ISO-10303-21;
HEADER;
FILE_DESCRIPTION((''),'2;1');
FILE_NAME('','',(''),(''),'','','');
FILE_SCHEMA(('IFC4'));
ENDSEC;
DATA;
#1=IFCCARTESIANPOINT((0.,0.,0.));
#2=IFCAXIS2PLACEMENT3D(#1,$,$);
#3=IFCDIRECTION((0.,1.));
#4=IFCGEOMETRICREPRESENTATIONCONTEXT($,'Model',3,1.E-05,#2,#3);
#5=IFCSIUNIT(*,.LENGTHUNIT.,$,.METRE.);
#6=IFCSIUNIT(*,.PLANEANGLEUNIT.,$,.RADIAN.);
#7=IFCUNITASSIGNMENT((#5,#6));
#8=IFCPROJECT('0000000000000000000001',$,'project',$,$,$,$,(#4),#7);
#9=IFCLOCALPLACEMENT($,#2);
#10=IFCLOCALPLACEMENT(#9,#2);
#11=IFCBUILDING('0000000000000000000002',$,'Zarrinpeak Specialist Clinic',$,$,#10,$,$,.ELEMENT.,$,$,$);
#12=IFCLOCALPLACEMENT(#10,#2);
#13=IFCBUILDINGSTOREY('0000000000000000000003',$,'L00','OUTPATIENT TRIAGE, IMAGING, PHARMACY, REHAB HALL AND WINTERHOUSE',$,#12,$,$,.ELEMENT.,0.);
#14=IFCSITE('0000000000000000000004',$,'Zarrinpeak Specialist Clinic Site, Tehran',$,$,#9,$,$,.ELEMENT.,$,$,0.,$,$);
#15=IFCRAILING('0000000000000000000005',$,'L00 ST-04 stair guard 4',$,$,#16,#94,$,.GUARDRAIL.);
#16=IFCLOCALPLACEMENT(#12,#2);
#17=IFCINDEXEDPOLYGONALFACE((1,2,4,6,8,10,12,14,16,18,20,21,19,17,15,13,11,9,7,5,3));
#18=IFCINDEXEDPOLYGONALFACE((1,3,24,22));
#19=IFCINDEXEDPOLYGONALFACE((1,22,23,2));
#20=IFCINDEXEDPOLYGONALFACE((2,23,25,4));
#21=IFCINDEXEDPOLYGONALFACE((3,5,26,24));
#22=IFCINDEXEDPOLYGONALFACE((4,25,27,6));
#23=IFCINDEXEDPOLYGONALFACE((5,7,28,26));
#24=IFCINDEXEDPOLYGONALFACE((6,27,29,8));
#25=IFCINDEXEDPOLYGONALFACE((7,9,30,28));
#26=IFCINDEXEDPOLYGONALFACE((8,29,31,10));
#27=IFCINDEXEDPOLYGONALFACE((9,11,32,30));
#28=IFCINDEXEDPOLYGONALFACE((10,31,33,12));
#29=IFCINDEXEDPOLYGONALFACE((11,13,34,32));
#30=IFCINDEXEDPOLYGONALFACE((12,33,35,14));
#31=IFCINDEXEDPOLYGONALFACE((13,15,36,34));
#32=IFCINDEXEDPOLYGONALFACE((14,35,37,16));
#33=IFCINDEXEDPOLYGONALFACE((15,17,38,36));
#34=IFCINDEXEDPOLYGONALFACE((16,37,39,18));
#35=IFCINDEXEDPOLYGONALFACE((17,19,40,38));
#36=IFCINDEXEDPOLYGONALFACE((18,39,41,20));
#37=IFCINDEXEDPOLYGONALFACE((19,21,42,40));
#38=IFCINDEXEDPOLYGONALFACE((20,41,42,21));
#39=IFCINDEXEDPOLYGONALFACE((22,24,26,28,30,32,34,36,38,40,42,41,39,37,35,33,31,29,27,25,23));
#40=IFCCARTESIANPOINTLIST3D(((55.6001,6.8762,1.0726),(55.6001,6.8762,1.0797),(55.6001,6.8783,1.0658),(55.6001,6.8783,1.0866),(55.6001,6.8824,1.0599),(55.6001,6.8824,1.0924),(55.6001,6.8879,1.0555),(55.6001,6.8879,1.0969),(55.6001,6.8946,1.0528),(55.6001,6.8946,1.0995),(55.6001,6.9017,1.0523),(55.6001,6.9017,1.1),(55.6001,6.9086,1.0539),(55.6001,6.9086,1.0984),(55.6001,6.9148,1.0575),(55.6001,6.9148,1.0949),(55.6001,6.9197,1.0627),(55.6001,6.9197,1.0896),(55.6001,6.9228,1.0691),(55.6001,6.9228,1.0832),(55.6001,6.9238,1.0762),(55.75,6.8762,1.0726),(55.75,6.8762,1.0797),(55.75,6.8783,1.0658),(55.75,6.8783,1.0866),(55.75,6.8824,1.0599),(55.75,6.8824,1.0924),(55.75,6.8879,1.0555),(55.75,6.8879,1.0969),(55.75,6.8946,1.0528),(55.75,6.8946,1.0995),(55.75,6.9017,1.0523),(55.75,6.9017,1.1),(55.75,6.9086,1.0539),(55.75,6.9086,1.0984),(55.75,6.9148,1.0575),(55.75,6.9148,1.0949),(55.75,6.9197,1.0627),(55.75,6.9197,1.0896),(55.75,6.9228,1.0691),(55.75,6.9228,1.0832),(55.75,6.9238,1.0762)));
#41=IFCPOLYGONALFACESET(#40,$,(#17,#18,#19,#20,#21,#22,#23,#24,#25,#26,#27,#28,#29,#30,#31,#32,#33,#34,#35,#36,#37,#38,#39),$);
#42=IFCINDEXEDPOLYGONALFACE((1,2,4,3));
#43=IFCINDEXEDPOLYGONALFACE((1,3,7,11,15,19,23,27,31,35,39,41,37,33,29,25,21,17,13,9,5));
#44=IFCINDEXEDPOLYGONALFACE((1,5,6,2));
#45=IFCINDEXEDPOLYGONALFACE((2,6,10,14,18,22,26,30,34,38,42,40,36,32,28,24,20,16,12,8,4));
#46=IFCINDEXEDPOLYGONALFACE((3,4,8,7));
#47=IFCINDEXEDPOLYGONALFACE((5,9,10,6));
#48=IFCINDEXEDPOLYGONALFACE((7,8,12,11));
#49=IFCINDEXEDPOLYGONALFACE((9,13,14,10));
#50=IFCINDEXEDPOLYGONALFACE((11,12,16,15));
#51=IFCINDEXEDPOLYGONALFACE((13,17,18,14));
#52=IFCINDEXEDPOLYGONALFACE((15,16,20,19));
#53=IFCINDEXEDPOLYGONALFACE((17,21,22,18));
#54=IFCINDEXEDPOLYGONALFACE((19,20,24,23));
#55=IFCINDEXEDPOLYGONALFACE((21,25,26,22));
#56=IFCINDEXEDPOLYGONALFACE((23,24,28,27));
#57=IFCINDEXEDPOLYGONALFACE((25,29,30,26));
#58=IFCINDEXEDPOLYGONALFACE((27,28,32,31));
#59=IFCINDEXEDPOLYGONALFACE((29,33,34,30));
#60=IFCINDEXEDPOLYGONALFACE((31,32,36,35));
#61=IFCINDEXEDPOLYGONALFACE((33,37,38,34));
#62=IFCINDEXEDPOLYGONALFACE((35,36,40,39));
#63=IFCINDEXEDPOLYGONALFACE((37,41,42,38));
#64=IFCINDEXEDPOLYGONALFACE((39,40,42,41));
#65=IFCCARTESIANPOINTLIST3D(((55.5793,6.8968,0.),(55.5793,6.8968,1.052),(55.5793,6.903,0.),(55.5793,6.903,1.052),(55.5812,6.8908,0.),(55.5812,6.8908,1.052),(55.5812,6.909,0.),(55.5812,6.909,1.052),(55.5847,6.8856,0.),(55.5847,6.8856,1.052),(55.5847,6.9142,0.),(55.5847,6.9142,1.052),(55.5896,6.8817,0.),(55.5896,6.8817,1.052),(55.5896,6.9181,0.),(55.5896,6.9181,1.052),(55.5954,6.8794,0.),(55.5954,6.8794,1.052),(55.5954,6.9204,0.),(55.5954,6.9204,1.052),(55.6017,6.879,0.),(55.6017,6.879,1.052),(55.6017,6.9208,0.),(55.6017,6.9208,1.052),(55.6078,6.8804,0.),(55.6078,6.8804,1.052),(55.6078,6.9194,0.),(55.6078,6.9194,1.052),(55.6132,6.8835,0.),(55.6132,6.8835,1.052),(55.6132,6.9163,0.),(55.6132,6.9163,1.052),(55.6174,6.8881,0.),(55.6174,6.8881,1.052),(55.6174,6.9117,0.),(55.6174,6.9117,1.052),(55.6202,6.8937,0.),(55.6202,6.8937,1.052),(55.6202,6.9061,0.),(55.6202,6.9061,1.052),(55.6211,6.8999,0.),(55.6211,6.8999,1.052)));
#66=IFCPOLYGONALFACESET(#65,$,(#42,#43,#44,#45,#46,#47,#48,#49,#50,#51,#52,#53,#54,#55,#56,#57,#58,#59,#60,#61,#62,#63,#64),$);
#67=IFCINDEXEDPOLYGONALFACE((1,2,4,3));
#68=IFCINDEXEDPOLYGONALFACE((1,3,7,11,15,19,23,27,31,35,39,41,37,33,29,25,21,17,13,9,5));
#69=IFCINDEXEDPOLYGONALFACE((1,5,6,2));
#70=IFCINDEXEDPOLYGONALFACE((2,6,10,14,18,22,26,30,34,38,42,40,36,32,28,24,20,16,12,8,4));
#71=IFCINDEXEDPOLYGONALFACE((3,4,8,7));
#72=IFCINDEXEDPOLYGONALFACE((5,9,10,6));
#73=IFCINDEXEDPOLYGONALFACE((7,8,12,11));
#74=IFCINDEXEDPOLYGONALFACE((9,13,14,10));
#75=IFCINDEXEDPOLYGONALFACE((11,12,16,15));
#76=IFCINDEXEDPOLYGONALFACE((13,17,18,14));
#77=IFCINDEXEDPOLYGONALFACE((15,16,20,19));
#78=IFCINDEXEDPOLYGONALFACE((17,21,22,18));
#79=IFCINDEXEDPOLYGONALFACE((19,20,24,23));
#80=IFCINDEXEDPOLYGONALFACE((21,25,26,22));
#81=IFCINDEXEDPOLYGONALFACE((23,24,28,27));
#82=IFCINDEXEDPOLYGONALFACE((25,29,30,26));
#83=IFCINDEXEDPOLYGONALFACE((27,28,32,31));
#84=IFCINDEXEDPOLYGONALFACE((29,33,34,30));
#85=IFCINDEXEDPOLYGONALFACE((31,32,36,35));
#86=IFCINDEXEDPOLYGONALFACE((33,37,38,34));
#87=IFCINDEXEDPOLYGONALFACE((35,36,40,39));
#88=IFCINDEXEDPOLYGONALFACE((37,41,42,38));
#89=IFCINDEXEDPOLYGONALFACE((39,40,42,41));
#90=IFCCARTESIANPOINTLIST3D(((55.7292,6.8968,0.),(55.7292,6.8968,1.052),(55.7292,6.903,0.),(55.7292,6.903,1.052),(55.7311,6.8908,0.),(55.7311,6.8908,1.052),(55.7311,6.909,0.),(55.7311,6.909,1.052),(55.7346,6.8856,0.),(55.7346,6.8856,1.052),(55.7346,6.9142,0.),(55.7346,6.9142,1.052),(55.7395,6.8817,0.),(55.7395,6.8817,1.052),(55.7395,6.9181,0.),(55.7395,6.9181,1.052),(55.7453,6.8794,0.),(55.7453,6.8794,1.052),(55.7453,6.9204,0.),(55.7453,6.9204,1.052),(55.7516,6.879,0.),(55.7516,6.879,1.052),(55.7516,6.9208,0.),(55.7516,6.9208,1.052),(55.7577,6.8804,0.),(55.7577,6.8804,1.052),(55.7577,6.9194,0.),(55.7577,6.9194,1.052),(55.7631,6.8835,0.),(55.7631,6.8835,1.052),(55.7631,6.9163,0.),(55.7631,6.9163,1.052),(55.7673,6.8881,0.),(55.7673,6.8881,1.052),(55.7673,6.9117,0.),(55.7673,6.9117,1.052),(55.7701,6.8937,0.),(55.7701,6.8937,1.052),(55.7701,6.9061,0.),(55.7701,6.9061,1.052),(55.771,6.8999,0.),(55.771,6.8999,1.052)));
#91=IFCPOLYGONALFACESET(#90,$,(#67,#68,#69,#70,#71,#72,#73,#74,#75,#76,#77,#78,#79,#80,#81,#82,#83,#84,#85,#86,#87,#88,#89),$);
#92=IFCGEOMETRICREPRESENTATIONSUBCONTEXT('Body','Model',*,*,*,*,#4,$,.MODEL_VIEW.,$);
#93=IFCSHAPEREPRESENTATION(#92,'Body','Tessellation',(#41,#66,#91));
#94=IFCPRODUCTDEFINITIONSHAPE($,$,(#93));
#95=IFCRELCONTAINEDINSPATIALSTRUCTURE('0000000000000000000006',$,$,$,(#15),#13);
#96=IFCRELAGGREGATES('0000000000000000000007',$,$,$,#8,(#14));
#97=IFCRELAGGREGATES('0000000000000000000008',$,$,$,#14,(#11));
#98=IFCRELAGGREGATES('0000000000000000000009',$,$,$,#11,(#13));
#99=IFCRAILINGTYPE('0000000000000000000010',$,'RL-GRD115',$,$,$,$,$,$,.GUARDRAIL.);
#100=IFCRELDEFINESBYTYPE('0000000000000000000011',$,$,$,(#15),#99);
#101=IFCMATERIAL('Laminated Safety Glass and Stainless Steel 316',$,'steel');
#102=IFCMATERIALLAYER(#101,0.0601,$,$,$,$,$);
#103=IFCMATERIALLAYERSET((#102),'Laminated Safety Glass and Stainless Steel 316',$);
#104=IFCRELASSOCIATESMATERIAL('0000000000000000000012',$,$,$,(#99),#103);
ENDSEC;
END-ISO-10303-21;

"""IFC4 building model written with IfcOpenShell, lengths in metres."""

from ifc_helpers import new_model, si_unit, direction, frame, origin, origin_2d, place, context, subcontext, project, spatial, circle, extrude, material, layer, layer_set, type_object, element, save


model = new_model("IFC4")

# Units and contexts
model_context = context("Model", 3, precision=1e-05, world=origin(), true_north=direction((0.0, 1.0)))
body_context = subcontext(model_context, "Body", "Model", "MODEL_VIEW")
ifc_project = project(units=[si_unit("LENGTHUNIT", "METRE"), si_unit("PLANEANGLEUNIT", "RADIAN")], contexts=[model_context])

# Site, building, storey
site_placement = place(None, origin())
site = spatial("IfcSite", under=ifc_project, at=site_placement, Name="Zarrinpeak Specialist Clinic Site, Tehran", CompositionType="ELEMENT", RefElevation=0.0)
building_placement = place(site_placement, origin())
building = spatial("IfcBuilding", under=site, at=building_placement, Name="Zarrinpeak Specialist Clinic", CompositionType="ELEMENT")
storey_placement = place(building_placement, origin())
storey = spatial("IfcBuildingStorey", under=building, at=storey_placement, Name="L00", Description="OUTPATIENT TRIAGE, IMAGING, PHARMACY, REHAB HALL AND WINTERHOUSE", CompositionType="ELEMENT", Elevation=0.0)

# Railing
ifc_material_1 = material(Name="Laminated Safety Glass and Stainless Steel 316", Category="steel")
ifc_layer_1 = layer(ifc_material_1, 0.0601)
ifc_layer_set_1 = layer_set([ifc_layer_1], Name="Laminated Safety Glass and Stainless Steel 316")
railing_type_1 = type_object("IfcRailingType", Name="RL-GRD115", PredefinedType="GUARDRAIL", material=ifc_layer_set_1)
railing_1_placement = place(storey_placement, frame((55.6001, 6.8999, 0.0)))
element("IfcRailing", 1, at=railing_1_placement, inside=storey, type_object=railing_type_1, Name="L00 ST-04 stair guard 4", PredefinedType="GUARDRAIL", context=body_context, shape_type="SweptSolid", body=[
    extrude(circle(Radius=0.0239, at=origin_2d()), frame((0.0, 0.0, 1.0762), z_axis=(1.0, 0.0, 0.0), x_axis=(0.0, 1.0, 0.0)), (0.0, 0.0, 1.0), 0.1499),
    extrude(circle(Radius=0.021, at=origin_2d()), origin(), (0.0, 0.0, 1.0), 1.052),
    extrude(circle(Radius=0.021, at=origin_2d()), frame((0.1499, 0.0, 0.0)), (0.0, 0.0, 1.0), 1.052),
])

save(model, "model.ifc")
